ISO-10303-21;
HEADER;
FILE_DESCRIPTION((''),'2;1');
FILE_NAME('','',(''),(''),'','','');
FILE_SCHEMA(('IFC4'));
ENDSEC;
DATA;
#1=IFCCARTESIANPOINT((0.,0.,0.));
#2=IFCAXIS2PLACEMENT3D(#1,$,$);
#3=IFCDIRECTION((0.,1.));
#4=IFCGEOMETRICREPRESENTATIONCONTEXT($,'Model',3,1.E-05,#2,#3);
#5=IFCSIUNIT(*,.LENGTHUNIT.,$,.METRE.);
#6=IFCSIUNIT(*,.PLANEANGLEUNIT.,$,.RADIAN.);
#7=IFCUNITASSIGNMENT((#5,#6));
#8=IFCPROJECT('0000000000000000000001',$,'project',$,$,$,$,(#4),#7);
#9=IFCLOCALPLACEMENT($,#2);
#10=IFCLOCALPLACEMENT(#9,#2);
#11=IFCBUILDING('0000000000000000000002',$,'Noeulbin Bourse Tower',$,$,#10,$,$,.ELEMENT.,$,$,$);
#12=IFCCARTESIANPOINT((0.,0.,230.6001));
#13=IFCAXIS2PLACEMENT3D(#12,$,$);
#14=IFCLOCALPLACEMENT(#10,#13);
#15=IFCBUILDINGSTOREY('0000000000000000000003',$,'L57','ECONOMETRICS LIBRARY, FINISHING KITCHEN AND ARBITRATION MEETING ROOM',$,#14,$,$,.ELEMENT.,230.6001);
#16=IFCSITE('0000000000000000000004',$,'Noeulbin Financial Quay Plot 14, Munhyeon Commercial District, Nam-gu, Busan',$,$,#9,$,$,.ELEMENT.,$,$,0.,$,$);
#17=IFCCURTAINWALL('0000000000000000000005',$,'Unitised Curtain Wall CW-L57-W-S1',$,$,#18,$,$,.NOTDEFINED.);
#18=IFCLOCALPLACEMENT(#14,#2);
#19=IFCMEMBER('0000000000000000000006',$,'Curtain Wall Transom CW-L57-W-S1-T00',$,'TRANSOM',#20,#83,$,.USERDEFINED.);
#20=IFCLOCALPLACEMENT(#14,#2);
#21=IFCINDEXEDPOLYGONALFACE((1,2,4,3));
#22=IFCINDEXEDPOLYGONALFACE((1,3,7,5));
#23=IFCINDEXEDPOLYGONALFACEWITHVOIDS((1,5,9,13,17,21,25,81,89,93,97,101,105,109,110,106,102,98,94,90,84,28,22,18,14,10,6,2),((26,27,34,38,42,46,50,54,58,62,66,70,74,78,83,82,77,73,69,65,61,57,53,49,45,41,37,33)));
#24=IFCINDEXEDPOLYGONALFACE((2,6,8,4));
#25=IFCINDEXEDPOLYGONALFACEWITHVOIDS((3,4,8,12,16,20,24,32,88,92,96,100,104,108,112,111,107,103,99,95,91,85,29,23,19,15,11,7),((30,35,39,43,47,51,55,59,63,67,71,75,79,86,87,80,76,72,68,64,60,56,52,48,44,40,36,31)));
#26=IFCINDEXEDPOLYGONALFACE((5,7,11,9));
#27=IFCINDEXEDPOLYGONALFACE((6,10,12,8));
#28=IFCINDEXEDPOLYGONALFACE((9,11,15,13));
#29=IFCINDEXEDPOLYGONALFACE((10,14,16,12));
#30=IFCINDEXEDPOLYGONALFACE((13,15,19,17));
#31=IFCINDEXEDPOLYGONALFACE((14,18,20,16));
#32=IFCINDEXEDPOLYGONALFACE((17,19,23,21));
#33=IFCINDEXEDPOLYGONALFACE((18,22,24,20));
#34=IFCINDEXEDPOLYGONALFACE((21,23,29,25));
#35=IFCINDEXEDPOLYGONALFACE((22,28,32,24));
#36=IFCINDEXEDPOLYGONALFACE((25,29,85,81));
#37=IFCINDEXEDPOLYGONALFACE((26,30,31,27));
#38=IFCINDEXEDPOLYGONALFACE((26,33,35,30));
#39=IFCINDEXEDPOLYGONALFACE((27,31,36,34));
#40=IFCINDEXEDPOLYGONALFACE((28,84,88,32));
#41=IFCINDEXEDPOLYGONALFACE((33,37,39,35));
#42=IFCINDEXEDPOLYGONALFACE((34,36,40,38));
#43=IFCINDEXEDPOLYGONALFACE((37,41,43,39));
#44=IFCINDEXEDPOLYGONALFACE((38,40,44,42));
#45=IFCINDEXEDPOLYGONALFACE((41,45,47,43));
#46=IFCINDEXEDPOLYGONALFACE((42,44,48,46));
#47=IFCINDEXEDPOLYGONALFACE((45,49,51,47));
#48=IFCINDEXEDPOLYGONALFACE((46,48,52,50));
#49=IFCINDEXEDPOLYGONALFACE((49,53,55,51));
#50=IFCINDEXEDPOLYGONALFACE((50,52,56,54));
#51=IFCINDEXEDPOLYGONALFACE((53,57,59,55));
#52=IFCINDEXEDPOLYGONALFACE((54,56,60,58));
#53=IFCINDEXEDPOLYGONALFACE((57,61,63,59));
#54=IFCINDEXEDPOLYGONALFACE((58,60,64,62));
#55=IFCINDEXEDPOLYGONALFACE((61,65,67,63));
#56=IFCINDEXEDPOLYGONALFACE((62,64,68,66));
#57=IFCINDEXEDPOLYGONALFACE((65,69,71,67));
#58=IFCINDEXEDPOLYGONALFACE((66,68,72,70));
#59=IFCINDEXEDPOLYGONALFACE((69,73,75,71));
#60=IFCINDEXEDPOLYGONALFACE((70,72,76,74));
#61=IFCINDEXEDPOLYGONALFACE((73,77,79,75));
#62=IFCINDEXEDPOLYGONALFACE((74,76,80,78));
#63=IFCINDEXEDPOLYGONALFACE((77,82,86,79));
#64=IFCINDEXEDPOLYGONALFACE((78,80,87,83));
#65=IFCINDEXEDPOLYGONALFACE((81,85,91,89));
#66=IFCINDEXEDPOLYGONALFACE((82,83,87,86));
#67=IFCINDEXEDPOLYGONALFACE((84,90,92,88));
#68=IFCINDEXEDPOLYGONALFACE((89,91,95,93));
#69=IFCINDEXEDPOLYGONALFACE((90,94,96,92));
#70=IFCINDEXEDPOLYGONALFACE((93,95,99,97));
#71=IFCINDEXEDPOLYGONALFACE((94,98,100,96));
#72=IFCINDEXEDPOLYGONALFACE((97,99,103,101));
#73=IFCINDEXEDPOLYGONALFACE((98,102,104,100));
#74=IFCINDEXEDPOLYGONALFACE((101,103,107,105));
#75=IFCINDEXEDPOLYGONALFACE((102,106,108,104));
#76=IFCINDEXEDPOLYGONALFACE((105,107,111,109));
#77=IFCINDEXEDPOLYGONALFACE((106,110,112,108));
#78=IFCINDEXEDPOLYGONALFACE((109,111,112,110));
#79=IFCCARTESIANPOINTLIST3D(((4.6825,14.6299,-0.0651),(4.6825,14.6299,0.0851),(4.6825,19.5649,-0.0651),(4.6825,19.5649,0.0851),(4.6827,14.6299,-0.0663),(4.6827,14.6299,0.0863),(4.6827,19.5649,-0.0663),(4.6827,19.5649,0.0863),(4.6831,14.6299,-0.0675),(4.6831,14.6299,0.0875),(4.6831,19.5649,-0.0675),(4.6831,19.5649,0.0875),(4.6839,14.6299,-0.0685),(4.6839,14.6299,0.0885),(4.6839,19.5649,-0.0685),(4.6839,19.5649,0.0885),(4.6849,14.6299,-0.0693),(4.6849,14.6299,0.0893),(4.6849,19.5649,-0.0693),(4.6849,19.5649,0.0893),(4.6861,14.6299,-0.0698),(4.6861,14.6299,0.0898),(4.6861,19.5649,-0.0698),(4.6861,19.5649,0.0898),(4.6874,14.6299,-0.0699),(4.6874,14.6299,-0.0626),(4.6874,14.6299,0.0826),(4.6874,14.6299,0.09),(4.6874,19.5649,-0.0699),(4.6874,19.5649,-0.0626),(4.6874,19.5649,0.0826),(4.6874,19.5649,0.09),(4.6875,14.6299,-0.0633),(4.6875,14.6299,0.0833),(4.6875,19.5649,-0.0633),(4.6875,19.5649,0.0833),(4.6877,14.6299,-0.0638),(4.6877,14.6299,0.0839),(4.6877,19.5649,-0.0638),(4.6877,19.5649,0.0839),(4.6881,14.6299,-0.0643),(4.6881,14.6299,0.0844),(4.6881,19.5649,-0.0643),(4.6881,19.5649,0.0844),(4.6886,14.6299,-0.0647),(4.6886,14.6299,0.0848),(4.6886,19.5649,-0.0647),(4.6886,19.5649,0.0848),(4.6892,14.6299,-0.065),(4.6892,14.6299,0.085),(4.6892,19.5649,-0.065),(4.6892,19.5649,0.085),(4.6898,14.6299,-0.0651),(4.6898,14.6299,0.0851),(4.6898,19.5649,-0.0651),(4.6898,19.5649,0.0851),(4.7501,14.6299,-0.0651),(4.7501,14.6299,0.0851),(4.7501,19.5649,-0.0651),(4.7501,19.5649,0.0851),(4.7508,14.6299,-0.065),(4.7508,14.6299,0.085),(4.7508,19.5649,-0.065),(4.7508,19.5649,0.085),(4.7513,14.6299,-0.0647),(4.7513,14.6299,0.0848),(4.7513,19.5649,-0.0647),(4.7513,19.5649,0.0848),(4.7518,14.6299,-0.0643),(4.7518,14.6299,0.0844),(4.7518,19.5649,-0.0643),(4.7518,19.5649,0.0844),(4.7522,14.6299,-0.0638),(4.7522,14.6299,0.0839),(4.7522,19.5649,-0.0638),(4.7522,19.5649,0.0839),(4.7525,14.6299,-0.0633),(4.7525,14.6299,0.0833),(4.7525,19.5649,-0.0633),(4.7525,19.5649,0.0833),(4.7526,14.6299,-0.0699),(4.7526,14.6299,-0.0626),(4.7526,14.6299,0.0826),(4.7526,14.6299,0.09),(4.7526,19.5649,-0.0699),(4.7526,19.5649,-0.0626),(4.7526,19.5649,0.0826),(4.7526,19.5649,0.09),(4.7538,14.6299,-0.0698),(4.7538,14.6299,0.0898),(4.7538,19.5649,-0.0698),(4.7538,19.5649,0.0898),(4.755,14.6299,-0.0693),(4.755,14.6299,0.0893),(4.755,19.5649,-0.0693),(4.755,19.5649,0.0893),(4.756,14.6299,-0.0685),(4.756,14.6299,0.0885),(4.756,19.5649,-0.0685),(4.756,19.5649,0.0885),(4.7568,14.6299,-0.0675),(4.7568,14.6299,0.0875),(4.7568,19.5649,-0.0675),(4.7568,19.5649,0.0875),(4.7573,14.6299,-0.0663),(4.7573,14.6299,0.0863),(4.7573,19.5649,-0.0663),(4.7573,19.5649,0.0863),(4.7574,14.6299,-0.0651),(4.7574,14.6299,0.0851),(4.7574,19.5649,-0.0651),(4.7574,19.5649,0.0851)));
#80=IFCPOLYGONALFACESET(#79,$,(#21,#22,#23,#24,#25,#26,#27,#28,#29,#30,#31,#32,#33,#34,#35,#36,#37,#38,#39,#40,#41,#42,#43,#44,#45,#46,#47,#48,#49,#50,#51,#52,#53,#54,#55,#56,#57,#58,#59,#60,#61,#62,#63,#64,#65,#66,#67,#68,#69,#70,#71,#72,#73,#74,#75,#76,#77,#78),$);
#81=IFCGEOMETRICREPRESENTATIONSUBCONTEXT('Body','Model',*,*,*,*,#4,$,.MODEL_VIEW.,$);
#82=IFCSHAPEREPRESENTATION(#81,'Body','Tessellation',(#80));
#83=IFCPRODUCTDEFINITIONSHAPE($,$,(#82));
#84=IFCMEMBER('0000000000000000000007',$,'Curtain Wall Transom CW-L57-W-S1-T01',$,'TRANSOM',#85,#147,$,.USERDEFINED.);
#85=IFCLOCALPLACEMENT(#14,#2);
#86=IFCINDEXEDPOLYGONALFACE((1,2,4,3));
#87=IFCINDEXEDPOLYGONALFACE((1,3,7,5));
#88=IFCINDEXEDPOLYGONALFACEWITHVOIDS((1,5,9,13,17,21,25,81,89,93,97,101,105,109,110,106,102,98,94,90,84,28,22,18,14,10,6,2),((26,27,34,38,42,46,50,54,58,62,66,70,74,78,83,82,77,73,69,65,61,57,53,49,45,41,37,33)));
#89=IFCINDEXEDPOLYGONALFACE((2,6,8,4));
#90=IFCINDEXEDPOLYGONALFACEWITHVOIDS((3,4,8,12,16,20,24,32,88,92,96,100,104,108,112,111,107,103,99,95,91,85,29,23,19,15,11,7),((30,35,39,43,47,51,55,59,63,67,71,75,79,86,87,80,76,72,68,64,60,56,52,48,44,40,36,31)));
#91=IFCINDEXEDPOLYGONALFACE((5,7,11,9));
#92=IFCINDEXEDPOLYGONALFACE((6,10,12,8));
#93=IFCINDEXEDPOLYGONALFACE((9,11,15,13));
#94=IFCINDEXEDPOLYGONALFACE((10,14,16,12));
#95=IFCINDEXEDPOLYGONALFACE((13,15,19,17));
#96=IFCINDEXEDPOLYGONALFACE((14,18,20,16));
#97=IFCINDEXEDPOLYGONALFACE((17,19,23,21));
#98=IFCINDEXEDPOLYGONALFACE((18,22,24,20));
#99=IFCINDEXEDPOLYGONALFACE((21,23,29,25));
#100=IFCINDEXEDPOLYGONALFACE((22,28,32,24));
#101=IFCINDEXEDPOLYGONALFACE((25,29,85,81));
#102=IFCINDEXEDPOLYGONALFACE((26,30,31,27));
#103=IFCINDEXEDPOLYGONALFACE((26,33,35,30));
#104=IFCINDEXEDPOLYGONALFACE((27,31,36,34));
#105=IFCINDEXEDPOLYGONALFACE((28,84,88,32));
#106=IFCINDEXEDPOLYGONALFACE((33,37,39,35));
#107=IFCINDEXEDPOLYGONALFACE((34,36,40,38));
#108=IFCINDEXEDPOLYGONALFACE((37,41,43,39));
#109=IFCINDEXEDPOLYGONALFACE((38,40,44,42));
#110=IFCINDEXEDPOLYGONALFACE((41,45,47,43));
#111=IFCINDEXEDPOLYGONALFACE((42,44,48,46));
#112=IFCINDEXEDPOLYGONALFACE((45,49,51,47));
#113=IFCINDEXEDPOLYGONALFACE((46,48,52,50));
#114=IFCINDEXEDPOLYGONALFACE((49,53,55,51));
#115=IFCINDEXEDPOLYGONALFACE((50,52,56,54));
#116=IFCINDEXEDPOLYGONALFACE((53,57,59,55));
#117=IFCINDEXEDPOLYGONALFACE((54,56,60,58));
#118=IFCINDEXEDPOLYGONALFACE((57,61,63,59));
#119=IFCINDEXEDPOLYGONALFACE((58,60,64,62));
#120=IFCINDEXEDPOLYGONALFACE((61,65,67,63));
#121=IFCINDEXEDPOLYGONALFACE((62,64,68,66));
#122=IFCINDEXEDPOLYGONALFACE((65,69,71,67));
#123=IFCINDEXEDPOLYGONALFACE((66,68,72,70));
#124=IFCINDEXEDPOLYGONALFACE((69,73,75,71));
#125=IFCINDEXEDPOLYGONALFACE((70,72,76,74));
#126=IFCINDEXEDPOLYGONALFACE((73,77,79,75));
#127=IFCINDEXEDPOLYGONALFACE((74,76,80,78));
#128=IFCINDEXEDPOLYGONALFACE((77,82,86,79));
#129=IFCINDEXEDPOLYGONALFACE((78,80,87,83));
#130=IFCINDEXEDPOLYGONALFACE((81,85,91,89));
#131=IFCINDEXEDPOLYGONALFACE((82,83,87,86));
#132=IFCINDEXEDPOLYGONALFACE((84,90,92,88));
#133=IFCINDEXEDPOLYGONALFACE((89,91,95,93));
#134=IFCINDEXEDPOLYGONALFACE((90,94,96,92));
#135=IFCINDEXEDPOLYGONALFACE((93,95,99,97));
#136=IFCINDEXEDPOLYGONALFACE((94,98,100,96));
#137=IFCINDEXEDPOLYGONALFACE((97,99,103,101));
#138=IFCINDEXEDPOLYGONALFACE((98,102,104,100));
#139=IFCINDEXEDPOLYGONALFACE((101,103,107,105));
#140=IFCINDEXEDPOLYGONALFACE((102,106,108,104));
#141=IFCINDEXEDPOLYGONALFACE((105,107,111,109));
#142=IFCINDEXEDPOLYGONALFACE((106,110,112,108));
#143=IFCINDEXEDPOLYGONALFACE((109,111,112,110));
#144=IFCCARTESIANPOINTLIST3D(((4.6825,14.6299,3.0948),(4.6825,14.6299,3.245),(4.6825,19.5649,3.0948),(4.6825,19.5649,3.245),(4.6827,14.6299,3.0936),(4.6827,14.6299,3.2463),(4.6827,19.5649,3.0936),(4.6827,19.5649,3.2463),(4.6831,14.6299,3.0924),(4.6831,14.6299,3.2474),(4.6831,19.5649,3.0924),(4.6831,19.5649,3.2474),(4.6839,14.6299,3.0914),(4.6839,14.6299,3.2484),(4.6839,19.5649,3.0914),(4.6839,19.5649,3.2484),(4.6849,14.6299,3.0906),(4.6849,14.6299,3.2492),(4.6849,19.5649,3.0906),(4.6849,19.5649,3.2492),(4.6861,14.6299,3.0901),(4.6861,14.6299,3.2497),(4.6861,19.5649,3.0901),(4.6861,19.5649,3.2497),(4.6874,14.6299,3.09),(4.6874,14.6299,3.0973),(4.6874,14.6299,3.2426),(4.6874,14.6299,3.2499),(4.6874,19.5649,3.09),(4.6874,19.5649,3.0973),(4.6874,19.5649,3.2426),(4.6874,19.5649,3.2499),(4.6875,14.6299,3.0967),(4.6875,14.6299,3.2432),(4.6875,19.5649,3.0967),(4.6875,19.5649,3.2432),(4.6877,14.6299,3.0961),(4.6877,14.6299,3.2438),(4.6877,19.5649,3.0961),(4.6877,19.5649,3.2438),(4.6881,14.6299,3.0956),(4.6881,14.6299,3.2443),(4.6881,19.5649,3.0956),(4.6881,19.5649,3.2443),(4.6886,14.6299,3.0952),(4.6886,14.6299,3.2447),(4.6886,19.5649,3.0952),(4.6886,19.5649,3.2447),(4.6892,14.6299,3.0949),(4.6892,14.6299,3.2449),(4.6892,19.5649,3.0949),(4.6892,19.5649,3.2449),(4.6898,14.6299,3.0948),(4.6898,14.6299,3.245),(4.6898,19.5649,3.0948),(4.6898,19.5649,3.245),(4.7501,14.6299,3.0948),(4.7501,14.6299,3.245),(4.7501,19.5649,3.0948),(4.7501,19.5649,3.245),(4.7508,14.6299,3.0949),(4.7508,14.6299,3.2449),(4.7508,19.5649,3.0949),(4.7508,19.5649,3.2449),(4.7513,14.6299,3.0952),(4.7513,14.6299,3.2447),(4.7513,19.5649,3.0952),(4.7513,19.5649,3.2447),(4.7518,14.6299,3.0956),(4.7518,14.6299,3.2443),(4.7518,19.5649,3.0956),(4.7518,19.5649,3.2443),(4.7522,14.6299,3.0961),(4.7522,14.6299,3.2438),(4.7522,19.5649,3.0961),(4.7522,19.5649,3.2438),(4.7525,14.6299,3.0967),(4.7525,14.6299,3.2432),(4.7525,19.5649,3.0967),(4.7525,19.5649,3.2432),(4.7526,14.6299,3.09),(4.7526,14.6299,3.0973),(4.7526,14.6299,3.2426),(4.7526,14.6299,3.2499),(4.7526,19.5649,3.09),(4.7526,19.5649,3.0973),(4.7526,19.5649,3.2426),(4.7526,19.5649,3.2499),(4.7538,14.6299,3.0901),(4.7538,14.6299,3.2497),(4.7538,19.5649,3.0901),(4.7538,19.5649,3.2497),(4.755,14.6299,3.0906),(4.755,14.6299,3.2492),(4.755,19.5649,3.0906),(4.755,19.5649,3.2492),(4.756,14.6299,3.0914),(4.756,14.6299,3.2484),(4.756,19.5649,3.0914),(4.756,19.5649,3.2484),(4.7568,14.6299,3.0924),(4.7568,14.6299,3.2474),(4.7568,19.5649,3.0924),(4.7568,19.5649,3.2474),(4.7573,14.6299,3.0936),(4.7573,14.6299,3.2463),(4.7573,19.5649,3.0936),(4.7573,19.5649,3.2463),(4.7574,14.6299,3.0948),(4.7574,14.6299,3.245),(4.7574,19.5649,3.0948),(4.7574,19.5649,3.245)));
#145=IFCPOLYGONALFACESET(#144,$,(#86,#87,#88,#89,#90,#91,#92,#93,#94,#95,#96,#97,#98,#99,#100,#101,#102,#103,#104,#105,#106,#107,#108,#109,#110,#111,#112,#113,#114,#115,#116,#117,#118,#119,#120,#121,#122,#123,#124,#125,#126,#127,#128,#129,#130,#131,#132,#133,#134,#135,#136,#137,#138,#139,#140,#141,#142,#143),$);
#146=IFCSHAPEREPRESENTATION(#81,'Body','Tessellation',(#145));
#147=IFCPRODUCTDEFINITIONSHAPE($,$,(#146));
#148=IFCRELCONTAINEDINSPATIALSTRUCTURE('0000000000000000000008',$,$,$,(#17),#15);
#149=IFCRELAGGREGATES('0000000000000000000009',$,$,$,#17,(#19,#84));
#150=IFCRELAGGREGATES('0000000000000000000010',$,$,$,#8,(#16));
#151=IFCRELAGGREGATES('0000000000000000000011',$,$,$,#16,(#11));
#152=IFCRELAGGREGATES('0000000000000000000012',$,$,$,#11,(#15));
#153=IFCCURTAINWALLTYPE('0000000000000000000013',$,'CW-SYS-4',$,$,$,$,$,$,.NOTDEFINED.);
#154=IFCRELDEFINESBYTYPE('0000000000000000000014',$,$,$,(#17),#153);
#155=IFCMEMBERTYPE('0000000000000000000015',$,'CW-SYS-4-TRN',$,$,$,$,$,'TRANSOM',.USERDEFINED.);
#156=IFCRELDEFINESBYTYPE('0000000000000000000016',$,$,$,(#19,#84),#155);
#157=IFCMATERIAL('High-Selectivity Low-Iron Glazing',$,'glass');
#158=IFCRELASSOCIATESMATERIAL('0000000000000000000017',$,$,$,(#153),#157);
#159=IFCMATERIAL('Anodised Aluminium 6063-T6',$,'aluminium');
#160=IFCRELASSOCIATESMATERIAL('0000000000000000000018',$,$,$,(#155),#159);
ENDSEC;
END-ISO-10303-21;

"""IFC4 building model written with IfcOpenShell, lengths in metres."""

from ifc_helpers import new_model, si_unit, direction, frame, origin, origin_2d, place, context, subcontext, project, spatial, hollow_rectangle, extrude, material, material_profile, profile_set, type_object, element, aggregate, save


model = new_model("IFC4")

# Units and contexts
model_context = context("Model", 3, precision=1e-05, world=origin(), true_north=direction((0.0, 1.0)))
body_context = subcontext(model_context, "Body", "Model", "MODEL_VIEW")
ifc_project = project(units=[si_unit("LENGTHUNIT", "METRE"), si_unit("PLANEANGLEUNIT", "RADIAN")], contexts=[model_context])

# Site, building, storey
site_placement = place(None, origin())
site = spatial("IfcSite", under=ifc_project, at=site_placement, Name="Noeulbin Financial Quay Plot 14, Munhyeon Commercial District, Nam-gu, Busan", CompositionType="ELEMENT", RefElevation=0.0)
building_placement = place(site_placement, origin())
building = spatial("IfcBuilding", under=site, at=building_placement, Name="Noeulbin Bourse Tower", CompositionType="ELEMENT")
storey_placement = place(building_placement, frame((0.0, 0.0, 230.6001)))
storey = spatial("IfcBuildingStorey", under=building, at=storey_placement, Name="L57", Description="ECONOMETRICS LIBRARY, FINISHING KITCHEN AND ARBITRATION MEETING ROOM", CompositionType="ELEMENT", Elevation=230.6001)

# Curtain wall
ifc_material_1 = material(Name="High-Selectivity Low-Iron Glazing", Category="glass")
curtain_wall_type = type_object("IfcCurtainWallType", Name="CW-SYS-4", PredefinedType="NOTDEFINED", material=ifc_material_1)
curtain_wall_1_placement = place(storey_placement, origin())
curtain_wall_1 = element("IfcCurtainWall", 1, at=curtain_wall_1_placement, inside=storey, type_object=curtain_wall_type, Name="Unitised Curtain Wall CW-L57-W-S1", PredefinedType="NOTDEFINED")
ifc_material_2 = material(Name="Anodised Aluminium 6063-T6", Category="aluminium")

# Members
ifc_material_profile_1 = material_profile(ifc_material_2, hollow_rectangle(XDim=0.075, YDim=0.1599, WallThickness=0.0049, InnerFilletRadius=0.0024, OuterFilletRadius=0.0049, at=origin_2d()), Name="ALU-TRAN-75x160x5", Category="LoadBearing")
ifc_profile_set_1 = profile_set([ifc_material_profile_1], Name="Anodised Aluminium 6063-T6")
member_type_1 = type_object("IfcMemberType", Name="CW-SYS-4-TRN", ElementType="TRANSOM", PredefinedType="USERDEFINED", material=ifc_profile_set_1)
member_1_placement = place(storey_placement, frame((4.72, 14.6299, 0.01), z_axis=(0.0, 1.0, 0.0), x_axis=(-1.0, 0.0, 0.0)))
member_1 = element("IfcMember", 2, at=member_1_placement, type_object=member_type_1, Name="Curtain Wall Transom CW-L57-W-S1-T00", ObjectType="TRANSOM", PredefinedType="USERDEFINED", context=body_context, shape_type="SweptSolid", body=[
    extrude(hollow_rectangle(XDim=0.075, YDim=0.1599, WallThickness=0.0049, InnerFilletRadius=0.0024, OuterFilletRadius=0.0049, at=origin_2d()), origin(), (0.0, 0.0, 1.0), 4.9351),
])
member_2_placement = place(storey_placement, frame((4.72, 14.6299, 3.1699), z_axis=(0.0, 1.0, 0.0), x_axis=(-1.0, 0.0, 0.0)))
member_2 = element("IfcMember", 3, at=member_2_placement, type_object=member_type_1, Name="Curtain Wall Transom CW-L57-W-S1-T01", ObjectType="TRANSOM", PredefinedType="USERDEFINED", context=body_context, shape_type="SweptSolid", body=[
    extrude(hollow_rectangle(XDim=0.075, YDim=0.1599, WallThickness=0.0049, InnerFilletRadius=0.0024, OuterFilletRadius=0.0049, at=origin_2d()), origin(), (0.0, 0.0, 1.0), 4.9351),
])

aggregate(curtain_wall_1, [member_1, member_2])

save(model, "model.ifc")
